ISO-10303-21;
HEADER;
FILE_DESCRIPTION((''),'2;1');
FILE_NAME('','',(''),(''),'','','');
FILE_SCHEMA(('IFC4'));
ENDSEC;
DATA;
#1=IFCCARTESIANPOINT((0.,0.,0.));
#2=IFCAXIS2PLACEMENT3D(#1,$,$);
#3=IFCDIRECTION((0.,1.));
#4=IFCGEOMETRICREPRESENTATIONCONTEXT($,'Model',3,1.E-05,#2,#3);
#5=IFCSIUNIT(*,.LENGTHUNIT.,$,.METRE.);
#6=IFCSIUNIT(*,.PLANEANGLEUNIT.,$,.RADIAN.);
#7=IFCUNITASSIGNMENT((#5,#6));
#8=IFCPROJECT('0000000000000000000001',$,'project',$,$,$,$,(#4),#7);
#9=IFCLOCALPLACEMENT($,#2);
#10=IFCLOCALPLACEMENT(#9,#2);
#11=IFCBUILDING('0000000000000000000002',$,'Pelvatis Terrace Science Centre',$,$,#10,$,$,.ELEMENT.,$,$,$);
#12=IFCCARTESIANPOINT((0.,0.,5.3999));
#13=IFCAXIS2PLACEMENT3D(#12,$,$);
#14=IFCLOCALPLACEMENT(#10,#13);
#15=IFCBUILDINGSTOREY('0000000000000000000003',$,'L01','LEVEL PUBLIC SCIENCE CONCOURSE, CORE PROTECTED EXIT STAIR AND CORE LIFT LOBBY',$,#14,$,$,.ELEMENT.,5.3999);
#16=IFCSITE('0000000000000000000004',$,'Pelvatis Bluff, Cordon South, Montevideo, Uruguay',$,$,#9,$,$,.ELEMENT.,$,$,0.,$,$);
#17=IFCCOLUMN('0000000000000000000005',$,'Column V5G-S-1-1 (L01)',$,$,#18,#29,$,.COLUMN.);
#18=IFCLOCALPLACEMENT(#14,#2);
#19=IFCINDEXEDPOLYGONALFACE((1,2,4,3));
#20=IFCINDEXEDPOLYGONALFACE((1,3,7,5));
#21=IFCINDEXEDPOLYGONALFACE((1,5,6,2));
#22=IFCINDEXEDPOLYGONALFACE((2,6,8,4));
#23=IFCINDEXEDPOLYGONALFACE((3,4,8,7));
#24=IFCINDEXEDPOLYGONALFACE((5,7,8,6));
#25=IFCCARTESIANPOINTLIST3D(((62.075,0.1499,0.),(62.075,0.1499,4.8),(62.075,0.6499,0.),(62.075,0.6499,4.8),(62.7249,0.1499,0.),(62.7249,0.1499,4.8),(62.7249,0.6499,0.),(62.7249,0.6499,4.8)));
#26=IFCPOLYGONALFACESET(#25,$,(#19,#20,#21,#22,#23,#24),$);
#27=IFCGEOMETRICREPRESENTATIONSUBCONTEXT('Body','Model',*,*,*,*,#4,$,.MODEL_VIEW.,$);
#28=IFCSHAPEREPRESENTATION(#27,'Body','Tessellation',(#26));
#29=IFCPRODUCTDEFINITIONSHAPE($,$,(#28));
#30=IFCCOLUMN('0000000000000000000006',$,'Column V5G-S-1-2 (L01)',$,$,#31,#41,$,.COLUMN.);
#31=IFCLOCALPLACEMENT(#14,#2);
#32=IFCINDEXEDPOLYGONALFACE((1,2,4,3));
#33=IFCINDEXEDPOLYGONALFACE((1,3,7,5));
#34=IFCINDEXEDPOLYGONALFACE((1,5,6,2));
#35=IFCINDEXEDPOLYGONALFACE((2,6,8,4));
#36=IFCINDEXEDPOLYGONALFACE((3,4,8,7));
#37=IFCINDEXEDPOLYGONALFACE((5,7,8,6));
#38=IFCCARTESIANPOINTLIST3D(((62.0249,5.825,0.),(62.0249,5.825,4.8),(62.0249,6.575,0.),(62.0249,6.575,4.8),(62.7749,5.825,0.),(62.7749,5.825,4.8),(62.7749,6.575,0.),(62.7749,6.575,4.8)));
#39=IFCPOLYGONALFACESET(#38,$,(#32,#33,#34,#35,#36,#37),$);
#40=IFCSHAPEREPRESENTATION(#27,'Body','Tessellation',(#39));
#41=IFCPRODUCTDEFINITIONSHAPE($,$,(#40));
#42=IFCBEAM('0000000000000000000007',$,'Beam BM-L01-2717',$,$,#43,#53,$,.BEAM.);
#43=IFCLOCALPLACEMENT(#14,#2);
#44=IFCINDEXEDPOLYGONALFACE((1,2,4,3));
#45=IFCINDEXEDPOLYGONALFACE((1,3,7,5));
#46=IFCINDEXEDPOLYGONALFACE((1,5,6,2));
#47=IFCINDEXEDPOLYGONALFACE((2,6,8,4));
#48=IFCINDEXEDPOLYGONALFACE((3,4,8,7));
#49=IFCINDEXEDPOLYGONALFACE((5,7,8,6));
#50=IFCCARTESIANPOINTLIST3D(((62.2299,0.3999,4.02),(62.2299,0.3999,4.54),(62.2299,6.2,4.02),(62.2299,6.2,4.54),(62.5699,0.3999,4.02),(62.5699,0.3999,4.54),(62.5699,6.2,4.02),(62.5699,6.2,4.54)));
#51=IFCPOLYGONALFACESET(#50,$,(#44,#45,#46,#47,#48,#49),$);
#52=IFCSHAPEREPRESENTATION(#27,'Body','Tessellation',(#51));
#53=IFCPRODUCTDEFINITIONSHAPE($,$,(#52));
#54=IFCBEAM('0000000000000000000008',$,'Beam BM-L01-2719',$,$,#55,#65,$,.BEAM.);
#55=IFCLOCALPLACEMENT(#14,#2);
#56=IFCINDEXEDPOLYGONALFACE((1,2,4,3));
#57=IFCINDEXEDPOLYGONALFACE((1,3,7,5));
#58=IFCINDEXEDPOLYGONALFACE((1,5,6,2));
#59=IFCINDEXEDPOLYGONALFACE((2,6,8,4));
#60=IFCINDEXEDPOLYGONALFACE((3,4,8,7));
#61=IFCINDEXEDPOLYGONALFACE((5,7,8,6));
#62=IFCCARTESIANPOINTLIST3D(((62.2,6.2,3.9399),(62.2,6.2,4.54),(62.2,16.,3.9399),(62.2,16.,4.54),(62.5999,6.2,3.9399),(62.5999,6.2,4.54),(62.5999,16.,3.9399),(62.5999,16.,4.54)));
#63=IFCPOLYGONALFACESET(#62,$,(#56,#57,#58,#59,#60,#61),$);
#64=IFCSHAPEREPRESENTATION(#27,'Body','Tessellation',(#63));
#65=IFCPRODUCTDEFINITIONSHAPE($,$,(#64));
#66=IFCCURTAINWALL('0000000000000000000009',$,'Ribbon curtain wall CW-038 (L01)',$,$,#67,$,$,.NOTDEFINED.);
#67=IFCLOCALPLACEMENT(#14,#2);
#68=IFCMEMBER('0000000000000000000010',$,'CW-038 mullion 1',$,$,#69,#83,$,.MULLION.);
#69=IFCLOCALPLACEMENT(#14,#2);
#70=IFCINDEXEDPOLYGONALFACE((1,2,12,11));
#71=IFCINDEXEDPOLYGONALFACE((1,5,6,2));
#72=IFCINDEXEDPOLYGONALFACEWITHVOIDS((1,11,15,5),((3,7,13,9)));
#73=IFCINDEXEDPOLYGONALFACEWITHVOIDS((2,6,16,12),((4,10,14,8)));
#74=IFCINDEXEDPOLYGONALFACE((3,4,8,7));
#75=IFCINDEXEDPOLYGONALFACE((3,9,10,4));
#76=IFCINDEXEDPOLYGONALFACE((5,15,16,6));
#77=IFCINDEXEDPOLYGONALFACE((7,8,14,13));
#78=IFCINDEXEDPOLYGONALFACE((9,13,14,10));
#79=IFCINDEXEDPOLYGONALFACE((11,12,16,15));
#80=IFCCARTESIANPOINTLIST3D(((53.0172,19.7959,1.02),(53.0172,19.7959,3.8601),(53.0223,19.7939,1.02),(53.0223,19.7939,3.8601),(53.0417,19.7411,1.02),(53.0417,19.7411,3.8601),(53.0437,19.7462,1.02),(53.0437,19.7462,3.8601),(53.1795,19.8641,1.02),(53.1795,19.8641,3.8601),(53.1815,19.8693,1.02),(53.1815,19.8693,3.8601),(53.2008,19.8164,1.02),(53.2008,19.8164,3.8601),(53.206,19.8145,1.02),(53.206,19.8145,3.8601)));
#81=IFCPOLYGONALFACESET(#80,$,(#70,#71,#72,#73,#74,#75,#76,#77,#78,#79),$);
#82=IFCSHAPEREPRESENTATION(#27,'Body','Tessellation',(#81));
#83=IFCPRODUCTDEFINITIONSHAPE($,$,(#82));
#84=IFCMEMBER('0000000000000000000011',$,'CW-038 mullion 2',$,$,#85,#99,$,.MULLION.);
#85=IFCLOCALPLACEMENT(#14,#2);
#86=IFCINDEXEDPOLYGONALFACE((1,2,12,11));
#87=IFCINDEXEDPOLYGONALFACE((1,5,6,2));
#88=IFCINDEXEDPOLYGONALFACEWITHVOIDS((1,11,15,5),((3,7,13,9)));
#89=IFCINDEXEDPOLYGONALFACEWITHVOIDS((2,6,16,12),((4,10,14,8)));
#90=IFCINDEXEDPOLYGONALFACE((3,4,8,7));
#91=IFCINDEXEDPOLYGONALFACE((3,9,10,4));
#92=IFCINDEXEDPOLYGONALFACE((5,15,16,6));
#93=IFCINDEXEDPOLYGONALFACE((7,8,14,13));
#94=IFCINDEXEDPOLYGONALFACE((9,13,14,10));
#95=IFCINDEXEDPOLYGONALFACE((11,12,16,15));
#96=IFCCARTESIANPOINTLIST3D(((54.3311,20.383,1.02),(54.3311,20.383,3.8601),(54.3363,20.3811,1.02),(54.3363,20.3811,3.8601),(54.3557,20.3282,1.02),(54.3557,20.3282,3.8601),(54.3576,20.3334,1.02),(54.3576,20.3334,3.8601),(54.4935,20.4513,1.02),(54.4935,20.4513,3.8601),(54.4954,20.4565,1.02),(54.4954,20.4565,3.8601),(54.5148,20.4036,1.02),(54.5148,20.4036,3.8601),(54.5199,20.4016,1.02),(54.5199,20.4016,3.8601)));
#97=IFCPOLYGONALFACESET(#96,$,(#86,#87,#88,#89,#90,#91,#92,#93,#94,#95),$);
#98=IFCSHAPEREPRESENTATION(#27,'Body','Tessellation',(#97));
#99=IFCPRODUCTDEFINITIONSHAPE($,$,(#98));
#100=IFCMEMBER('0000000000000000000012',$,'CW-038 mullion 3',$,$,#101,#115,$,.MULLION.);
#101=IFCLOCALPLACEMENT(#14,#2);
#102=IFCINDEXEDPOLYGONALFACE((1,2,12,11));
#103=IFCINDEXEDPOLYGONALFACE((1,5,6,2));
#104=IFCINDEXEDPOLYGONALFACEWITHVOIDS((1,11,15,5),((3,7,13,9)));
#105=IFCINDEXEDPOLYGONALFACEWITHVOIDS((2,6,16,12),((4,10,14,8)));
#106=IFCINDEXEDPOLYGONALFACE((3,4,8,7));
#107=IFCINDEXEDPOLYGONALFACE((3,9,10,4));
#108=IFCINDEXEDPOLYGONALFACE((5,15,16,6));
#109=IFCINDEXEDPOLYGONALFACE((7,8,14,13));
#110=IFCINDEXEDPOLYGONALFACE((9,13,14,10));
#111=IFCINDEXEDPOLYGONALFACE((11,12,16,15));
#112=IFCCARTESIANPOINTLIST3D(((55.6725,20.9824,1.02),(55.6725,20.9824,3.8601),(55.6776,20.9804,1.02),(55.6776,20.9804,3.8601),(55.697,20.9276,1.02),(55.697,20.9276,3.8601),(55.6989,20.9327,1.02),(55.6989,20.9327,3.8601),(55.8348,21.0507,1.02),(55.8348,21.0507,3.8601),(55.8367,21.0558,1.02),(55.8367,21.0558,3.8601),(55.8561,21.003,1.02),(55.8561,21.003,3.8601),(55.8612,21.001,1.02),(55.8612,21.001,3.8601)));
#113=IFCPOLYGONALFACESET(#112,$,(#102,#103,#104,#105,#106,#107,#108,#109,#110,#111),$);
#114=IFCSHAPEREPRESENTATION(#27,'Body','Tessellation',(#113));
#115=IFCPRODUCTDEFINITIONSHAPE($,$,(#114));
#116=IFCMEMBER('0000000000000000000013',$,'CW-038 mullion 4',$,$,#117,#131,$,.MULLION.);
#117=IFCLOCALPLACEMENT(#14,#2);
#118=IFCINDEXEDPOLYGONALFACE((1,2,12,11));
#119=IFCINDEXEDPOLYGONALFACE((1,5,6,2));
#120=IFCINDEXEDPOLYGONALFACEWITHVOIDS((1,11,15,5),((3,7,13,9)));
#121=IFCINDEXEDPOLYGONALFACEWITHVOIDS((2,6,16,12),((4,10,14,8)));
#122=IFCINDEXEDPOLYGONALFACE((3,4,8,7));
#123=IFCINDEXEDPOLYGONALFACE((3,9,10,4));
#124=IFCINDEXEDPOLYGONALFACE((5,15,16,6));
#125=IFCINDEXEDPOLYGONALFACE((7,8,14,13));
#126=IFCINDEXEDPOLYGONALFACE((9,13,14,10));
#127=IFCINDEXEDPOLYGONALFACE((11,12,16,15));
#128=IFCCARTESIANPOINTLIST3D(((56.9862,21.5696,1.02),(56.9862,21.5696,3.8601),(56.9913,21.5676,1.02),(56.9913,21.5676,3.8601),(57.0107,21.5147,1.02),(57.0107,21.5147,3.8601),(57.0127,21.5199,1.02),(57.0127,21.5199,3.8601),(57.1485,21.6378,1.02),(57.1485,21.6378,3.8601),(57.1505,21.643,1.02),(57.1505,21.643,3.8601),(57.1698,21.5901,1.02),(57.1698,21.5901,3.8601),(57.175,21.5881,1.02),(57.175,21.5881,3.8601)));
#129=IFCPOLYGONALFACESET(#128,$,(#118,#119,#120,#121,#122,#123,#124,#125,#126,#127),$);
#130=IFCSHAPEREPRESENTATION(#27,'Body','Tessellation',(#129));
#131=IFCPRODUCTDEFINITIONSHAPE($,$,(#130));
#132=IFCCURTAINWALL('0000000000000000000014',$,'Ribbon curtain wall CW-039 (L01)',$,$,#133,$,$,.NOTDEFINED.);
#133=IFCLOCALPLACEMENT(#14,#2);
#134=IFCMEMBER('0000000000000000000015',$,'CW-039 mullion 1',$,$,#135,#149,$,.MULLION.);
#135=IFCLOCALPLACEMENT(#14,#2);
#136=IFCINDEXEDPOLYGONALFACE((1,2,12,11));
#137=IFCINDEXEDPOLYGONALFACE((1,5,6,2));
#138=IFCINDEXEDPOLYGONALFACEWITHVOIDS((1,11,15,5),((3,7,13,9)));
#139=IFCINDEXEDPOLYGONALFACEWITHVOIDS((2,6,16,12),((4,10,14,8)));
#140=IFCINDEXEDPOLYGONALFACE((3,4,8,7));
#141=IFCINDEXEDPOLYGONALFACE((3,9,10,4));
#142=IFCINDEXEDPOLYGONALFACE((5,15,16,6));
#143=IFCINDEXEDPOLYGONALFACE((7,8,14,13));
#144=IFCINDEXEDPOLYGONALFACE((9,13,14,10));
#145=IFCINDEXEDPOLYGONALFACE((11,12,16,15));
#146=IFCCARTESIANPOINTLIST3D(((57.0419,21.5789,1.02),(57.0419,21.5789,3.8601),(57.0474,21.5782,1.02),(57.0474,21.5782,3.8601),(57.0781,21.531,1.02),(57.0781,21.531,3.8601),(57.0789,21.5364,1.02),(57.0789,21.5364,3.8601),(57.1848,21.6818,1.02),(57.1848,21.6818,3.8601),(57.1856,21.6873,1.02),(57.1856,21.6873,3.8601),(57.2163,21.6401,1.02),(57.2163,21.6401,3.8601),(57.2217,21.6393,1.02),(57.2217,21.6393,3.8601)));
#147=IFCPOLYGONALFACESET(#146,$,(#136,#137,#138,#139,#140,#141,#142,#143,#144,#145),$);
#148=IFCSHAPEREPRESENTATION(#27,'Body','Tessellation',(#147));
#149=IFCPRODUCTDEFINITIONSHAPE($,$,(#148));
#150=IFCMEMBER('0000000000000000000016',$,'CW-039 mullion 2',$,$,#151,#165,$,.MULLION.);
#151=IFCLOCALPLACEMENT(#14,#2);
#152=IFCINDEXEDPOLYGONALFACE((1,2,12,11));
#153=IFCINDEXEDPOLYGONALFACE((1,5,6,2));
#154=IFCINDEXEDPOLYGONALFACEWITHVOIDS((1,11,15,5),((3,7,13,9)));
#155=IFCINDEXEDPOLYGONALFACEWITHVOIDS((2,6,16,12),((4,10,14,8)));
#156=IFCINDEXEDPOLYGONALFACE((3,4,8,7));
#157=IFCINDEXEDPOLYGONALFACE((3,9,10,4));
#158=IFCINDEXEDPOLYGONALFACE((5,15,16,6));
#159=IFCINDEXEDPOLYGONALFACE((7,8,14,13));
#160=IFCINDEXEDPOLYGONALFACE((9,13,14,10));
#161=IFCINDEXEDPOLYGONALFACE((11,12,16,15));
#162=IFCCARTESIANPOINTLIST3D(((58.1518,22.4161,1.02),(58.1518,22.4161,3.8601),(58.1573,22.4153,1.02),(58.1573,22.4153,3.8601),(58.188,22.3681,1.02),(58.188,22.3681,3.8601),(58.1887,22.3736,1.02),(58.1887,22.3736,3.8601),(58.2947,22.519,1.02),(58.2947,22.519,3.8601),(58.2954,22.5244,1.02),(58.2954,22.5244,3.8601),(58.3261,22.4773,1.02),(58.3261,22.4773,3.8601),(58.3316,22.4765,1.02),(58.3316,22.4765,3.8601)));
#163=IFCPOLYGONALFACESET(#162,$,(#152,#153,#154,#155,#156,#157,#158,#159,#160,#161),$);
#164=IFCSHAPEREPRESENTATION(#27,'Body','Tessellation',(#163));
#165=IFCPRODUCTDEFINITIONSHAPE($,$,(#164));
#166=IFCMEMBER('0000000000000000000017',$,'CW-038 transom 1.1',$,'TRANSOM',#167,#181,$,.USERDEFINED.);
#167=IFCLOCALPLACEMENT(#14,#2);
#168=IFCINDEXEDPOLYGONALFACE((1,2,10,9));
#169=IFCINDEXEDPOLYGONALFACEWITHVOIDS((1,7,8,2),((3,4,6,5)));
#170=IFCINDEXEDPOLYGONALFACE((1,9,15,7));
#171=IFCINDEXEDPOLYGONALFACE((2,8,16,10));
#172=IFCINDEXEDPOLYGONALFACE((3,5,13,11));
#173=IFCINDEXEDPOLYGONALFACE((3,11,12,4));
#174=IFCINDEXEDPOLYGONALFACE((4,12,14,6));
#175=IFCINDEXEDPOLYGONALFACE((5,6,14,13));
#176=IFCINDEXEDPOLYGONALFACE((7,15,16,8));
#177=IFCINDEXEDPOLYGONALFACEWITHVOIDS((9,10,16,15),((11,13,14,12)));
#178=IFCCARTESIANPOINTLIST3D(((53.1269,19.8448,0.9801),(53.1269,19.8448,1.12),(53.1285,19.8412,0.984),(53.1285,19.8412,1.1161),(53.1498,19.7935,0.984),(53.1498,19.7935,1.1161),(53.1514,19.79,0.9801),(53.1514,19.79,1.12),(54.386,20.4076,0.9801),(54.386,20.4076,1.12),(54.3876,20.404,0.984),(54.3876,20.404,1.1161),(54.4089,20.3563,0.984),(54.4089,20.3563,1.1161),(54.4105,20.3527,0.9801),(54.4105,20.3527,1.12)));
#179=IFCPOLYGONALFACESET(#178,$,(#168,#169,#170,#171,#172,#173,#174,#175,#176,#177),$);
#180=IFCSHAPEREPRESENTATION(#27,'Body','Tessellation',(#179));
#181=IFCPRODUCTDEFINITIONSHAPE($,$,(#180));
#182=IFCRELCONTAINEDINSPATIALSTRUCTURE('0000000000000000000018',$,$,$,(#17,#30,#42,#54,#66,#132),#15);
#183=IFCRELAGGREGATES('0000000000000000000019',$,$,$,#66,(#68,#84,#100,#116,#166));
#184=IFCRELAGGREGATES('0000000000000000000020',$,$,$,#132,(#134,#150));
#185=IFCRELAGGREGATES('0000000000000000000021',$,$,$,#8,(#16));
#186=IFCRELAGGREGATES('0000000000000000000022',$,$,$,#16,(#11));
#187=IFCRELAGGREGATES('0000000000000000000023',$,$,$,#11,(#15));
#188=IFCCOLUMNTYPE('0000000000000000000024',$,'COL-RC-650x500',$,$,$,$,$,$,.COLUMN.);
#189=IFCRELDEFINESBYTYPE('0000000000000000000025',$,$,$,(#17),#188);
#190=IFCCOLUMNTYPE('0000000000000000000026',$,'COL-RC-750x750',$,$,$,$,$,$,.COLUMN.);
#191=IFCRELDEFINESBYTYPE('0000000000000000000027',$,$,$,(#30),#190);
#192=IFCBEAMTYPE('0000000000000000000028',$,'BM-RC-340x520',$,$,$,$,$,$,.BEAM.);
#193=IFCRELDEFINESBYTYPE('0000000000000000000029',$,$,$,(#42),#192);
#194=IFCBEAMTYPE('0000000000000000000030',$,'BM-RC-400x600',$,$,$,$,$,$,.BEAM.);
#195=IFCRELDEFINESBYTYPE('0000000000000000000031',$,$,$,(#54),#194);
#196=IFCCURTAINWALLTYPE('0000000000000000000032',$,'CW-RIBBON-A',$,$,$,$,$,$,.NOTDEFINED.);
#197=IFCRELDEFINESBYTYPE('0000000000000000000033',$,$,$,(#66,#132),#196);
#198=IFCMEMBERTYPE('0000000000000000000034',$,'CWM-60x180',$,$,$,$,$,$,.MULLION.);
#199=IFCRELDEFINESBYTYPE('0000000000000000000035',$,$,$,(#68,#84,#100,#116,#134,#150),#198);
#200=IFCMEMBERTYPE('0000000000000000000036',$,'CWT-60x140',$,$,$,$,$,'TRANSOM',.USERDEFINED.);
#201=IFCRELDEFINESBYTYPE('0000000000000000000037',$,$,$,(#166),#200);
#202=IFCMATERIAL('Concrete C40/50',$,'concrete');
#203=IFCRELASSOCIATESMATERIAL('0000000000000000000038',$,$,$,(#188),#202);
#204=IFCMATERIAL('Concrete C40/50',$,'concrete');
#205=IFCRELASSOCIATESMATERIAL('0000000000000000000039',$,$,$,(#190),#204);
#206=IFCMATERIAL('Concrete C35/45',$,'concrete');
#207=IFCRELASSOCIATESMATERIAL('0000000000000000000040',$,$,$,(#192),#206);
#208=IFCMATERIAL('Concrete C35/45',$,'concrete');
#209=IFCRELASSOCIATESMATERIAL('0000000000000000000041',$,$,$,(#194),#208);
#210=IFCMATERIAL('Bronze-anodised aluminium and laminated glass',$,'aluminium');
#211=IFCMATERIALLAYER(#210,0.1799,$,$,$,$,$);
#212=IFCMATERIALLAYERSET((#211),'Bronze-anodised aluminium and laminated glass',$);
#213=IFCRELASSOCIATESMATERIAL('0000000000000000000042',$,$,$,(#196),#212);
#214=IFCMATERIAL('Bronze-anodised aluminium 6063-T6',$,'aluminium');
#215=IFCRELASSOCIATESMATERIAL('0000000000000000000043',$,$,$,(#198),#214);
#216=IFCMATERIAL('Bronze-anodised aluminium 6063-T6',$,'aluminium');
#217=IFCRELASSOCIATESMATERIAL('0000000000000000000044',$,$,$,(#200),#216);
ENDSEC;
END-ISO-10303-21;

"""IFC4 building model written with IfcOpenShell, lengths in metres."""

from ifc_helpers import new_model, si_unit, direction, frame, origin, origin_2d, place, context, subcontext, project, spatial, rectangle, hollow_rectangle, extrude, material, layer, layer_set, material_profile, profile_set, type_object, element, aggregate, save


model = new_model("IFC4")

# Units and contexts
model_context = context("Model", 3, precision=1e-05, world=origin(), true_north=direction((0.0, 1.0)))
body_context = subcontext(model_context, "Body", "Model", "MODEL_VIEW")
ifc_project = project(units=[si_unit("LENGTHUNIT", "METRE"), si_unit("PLANEANGLEUNIT", "RADIAN")], contexts=[model_context])

# Site, building, storey
site_placement = place(None, origin())
site = spatial("IfcSite", under=ifc_project, at=site_placement, Name="Pelvatis Bluff, Cordon South, Montevideo, Uruguay", CompositionType="ELEMENT", RefElevation=0.0)
building_placement = place(site_placement, origin())
building = spatial("IfcBuilding", under=site, at=building_placement, Name="Pelvatis Terrace Science Centre", CompositionType="ELEMENT")
storey_placement = place(building_placement, frame((0.0, 0.0, 5.3999)))
storey = spatial("IfcBuildingStorey", under=building, at=storey_placement, Name="L01", Description="LEVEL PUBLIC SCIENCE CONCOURSE, CORE PROTECTED EXIT STAIR AND CORE LIFT LOBBY", CompositionType="ELEMENT", Elevation=5.3999)

# Columns
ifc_material_1 = material(Name="Concrete C40/50", Category="concrete")
ifc_material_profile_1 = material_profile(ifc_material_1, rectangle(XDim=0.6499, YDim=0.5, at=origin_2d()), Name="RC-COL 650x500")
ifc_profile_set_1 = profile_set([ifc_material_profile_1], Name="Concrete C40/50")
column_type_1 = type_object("IfcColumnType", Name="COL-RC-650x500", PredefinedType="COLUMN", material=ifc_profile_set_1)
column_1_placement = place(storey_placement, frame((62.3999, 0.3999, 0.0), z_axis=(0.0, 0.0, 1.0), x_axis=(1.0, 0.0, 0.0)))
element("IfcColumn", 1, at=column_1_placement, inside=storey, type_object=column_type_1, Name="Column V5G-S-1-1 (L01)", PredefinedType="COLUMN", context=body_context, shape_type="SweptSolid", body=[
    extrude(rectangle(XDim=0.6499, YDim=0.5, at=origin_2d()), origin(), (0.0, 0.0, 1.0), 4.8),
])
ifc_material_2 = material(Name="Concrete C40/50", Category="concrete")
ifc_material_profile_2 = material_profile(ifc_material_2, rectangle(XDim=0.75, YDim=0.75, at=origin_2d()), Name="RC-COL 750x750")
ifc_profile_set_2 = profile_set([ifc_material_profile_2], Name="Concrete C40/50")
column_type_2 = type_object("IfcColumnType", Name="COL-RC-750x750", PredefinedType="COLUMN", material=ifc_profile_set_2)
column_2_placement = place(storey_placement, frame((62.3999, 6.2, 0.0), z_axis=(0.0, 0.0, 1.0), x_axis=(1.0, 0.0, 0.0)))
element("IfcColumn", 2, at=column_2_placement, inside=storey, type_object=column_type_2, Name="Column V5G-S-1-2 (L01)", PredefinedType="COLUMN", context=body_context, shape_type="SweptSolid", body=[
    extrude(rectangle(XDim=0.75, YDim=0.75, at=origin_2d()), origin(), (0.0, 0.0, 1.0), 4.8),
])

# Beams
ifc_material_3 = material(Name="Concrete C35/45", Category="concrete")
ifc_material_profile_3 = material_profile(ifc_material_3, rectangle(XDim=0.3401, YDim=0.52, at=origin_2d()), Name="RC-BM 340x520")
ifc_profile_set_3 = profile_set([ifc_material_profile_3], Name="Concrete C35/45")
beam_type_1 = type_object("IfcBeamType", Name="BM-RC-340x520", PredefinedType="BEAM", material=ifc_profile_set_3)
beam_1_placement = place(storey_placement, frame((62.3999, 0.3999, 4.28), z_axis=(0.0, 1.0, 0.0), x_axis=(-1.0, 0.0, 0.0)))
element("IfcBeam", 3, at=beam_1_placement, inside=storey, type_object=beam_type_1, Name="Beam BM-L01-2717", PredefinedType="BEAM", context=body_context, shape_type="SweptSolid", body=[
    extrude(rectangle(XDim=0.3401, YDim=0.52, at=origin_2d()), origin(), (0.0, 0.0, 1.0), 5.8),
])
ifc_material_4 = material(Name="Concrete C35/45", Category="concrete")
ifc_material_profile_4 = material_profile(ifc_material_4, rectangle(XDim=0.3999, YDim=0.6001, at=origin_2d()), Name="RC-BM 400x600")
ifc_profile_set_4 = profile_set([ifc_material_profile_4], Name="Concrete C35/45")
beam_type_2 = type_object("IfcBeamType", Name="BM-RC-400x600", PredefinedType="BEAM", material=ifc_profile_set_4)
beam_2_placement = place(storey_placement, frame((62.3999, 6.2, 4.24), z_axis=(0.0, 1.0, 0.0), x_axis=(-1.0, 0.0, 0.0)))
element("IfcBeam", 4, at=beam_2_placement, inside=storey, type_object=beam_type_2, Name="Beam BM-L01-2719", PredefinedType="BEAM", context=body_context, shape_type="SweptSolid", body=[
    extrude(rectangle(XDim=0.3999, YDim=0.6001, at=origin_2d()), origin(), (0.0, 0.0, 1.0), 9.8),
])

# Curtain walls, members
ifc_material_5 = material(Name="Bronze-anodised aluminium and laminated glass", Category="aluminium")
ifc_layer_1 = layer(ifc_material_5, 0.1799)
ifc_layer_set_1 = layer_set([ifc_layer_1], Name="Bronze-anodised aluminium and laminated glass")
curtain_wall_type = type_object("IfcCurtainWallType", Name="CW-RIBBON-A", PredefinedType="NOTDEFINED", material=ifc_layer_set_1)
curtain_wall_1_placement = place(storey_placement, origin())
curtain_wall_1 = element("IfcCurtainWall", 5, at=curtain_wall_1_placement, inside=storey, type_object=curtain_wall_type, Name="Ribbon curtain wall CW-038 (L01)", PredefinedType="NOTDEFINED")
ifc_material_6 = material(Name="Bronze-anodised aluminium 6063-T6", Category="aluminium")
ifc_material_profile_5 = material_profile(ifc_material_6, hollow_rectangle(XDim=0.0601, YDim=0.1799, WallThickness=0.0039, at=origin_2d()), Name="ALU-MUL 60x180")
ifc_profile_set_5 = profile_set([ifc_material_profile_5], Name="Bronze-anodised aluminium 6063-T6")
member_type_1 = type_object("IfcMemberType", Name="CWM-60x180", PredefinedType="MULLION", material=ifc_profile_set_5)
member_1_placement = place(storey_placement, frame((53.1116, 19.8052, 1.02), z_axis=(0.0, 0.0, 1.0), x_axis=(-0.407992, 0.912985, 0.0)))
member_1 = element("IfcMember", 6, at=member_1_placement, type_object=member_type_1, Name="CW-038 mullion 1", PredefinedType="MULLION", context=body_context, shape_type="SweptSolid", body=[
    extrude(hollow_rectangle(XDim=0.0601, YDim=0.1799, WallThickness=0.0039, at=origin_2d()), origin(), (0.0, 0.0, 1.0), 2.8401),
])
member_2_placement = place(storey_placement, frame((54.4255, 20.3923, 1.02), z_axis=(0.0, 0.0, 1.0), x_axis=(-0.407992, 0.912985, 0.0)))
member_2 = element("IfcMember", 7, at=member_2_placement, type_object=member_type_1, Name="CW-038 mullion 2", PredefinedType="MULLION", context=body_context, shape_type="SweptSolid", body=[
    extrude(hollow_rectangle(XDim=0.0601, YDim=0.1799, WallThickness=0.0039, at=origin_2d()), origin(), (0.0, 0.0, 1.0), 2.8401),
])
member_3_placement = place(storey_placement, frame((55.7668, 20.9917, 1.02), z_axis=(0.0, 0.0, 1.0), x_axis=(-0.407992, 0.912985, 0.0)))
member_3 = element("IfcMember", 8, at=member_3_placement, type_object=member_type_1, Name="CW-038 mullion 3", PredefinedType="MULLION", context=body_context, shape_type="SweptSolid", body=[
    extrude(hollow_rectangle(XDim=0.0601, YDim=0.1799, WallThickness=0.0039, at=origin_2d()), origin(), (0.0, 0.0, 1.0), 2.8401),
])
member_4_placement = place(storey_placement, frame((57.0806, 21.5789, 1.02), z_axis=(0.0, 0.0, 1.0), x_axis=(-0.407992, 0.912985, 0.0)))
member_4 = element("IfcMember", 9, at=member_4_placement, type_object=member_type_1, Name="CW-038 mullion 4", PredefinedType="MULLION", context=body_context, shape_type="SweptSolid", body=[
    extrude(hollow_rectangle(XDim=0.0601, YDim=0.1799, WallThickness=0.0039, at=origin_2d()), origin(), (0.0, 0.0, 1.0), 2.8401),
])
curtain_wall_2_placement = place(storey_placement, origin())
curtain_wall_2 = element("IfcCurtainWall", 10, at=curtain_wall_2_placement, inside=storey, type_object=curtain_wall_type, Name="Ribbon curtain wall CW-039 (L01)", PredefinedType="NOTDEFINED")
member_5_placement = place(storey_placement, frame((57.1318, 21.6091, 1.02), z_axis=(0.0, 0.0, 1.0), x_axis=(-0.602213, 0.798335, 0.0)))
member_5 = element("IfcMember", 11, at=member_5_placement, type_object=member_type_1, Name="CW-039 mullion 1", PredefinedType="MULLION", context=body_context, shape_type="SweptSolid", body=[
    extrude(hollow_rectangle(XDim=0.0601, YDim=0.1799, WallThickness=0.0039, at=origin_2d()), origin(), (0.0, 0.0, 1.0), 2.8401),
])
member_6_placement = place(storey_placement, frame((58.2417, 22.4463, 1.02), z_axis=(0.0, 0.0, 1.0), x_axis=(-0.602213, 0.798335, 0.0)))
member_6 = element("IfcMember", 12, at=member_6_placement, type_object=member_type_1, Name="CW-039 mullion 2", PredefinedType="MULLION", context=body_context, shape_type="SweptSolid", body=[
    extrude(hollow_rectangle(XDim=0.0601, YDim=0.1799, WallThickness=0.0039, at=origin_2d()), origin(), (0.0, 0.0, 1.0), 2.8401),
])

# Member
ifc_material_7 = material(Name="Bronze-anodised aluminium 6063-T6", Category="aluminium")
ifc_material_profile_6 = material_profile(ifc_material_7, hollow_rectangle(XDim=0.0601, YDim=0.1399, WallThickness=0.0039, at=origin_2d()), Name="ALU-TRN 60x140")
ifc_profile_set_6 = profile_set([ifc_material_profile_6], Name="Bronze-anodised aluminium 6063-T6")
member_type_2 = type_object("IfcMemberType", Name="CWT-60x140", ElementType="TRANSOM", PredefinedType="USERDEFINED", material=ifc_profile_set_6)
member_7_placement = place(storey_placement, frame((53.1392, 19.8174, 1.05), z_axis=(0.912955, 0.408059, 0.0), x_axis=(-0.408059, 0.912955, 0.0)))
member_7 = element("IfcMember", 13, at=member_7_placement, type_object=member_type_2, Name="CW-038 transom 1.1", ObjectType="TRANSOM", PredefinedType="USERDEFINED", context=body_context, shape_type="SweptSolid", body=[
    extrude(hollow_rectangle(XDim=0.0601, YDim=0.1399, WallThickness=0.0039, at=origin_2d()), origin(), (0.0, 0.0, 1.0), 1.3792),
])

aggregate(curtain_wall_1, [member_1, member_2, member_3, member_4, member_7])
aggregate(curtain_wall_2, [member_5, member_6])

save(model, "model.ifc")
